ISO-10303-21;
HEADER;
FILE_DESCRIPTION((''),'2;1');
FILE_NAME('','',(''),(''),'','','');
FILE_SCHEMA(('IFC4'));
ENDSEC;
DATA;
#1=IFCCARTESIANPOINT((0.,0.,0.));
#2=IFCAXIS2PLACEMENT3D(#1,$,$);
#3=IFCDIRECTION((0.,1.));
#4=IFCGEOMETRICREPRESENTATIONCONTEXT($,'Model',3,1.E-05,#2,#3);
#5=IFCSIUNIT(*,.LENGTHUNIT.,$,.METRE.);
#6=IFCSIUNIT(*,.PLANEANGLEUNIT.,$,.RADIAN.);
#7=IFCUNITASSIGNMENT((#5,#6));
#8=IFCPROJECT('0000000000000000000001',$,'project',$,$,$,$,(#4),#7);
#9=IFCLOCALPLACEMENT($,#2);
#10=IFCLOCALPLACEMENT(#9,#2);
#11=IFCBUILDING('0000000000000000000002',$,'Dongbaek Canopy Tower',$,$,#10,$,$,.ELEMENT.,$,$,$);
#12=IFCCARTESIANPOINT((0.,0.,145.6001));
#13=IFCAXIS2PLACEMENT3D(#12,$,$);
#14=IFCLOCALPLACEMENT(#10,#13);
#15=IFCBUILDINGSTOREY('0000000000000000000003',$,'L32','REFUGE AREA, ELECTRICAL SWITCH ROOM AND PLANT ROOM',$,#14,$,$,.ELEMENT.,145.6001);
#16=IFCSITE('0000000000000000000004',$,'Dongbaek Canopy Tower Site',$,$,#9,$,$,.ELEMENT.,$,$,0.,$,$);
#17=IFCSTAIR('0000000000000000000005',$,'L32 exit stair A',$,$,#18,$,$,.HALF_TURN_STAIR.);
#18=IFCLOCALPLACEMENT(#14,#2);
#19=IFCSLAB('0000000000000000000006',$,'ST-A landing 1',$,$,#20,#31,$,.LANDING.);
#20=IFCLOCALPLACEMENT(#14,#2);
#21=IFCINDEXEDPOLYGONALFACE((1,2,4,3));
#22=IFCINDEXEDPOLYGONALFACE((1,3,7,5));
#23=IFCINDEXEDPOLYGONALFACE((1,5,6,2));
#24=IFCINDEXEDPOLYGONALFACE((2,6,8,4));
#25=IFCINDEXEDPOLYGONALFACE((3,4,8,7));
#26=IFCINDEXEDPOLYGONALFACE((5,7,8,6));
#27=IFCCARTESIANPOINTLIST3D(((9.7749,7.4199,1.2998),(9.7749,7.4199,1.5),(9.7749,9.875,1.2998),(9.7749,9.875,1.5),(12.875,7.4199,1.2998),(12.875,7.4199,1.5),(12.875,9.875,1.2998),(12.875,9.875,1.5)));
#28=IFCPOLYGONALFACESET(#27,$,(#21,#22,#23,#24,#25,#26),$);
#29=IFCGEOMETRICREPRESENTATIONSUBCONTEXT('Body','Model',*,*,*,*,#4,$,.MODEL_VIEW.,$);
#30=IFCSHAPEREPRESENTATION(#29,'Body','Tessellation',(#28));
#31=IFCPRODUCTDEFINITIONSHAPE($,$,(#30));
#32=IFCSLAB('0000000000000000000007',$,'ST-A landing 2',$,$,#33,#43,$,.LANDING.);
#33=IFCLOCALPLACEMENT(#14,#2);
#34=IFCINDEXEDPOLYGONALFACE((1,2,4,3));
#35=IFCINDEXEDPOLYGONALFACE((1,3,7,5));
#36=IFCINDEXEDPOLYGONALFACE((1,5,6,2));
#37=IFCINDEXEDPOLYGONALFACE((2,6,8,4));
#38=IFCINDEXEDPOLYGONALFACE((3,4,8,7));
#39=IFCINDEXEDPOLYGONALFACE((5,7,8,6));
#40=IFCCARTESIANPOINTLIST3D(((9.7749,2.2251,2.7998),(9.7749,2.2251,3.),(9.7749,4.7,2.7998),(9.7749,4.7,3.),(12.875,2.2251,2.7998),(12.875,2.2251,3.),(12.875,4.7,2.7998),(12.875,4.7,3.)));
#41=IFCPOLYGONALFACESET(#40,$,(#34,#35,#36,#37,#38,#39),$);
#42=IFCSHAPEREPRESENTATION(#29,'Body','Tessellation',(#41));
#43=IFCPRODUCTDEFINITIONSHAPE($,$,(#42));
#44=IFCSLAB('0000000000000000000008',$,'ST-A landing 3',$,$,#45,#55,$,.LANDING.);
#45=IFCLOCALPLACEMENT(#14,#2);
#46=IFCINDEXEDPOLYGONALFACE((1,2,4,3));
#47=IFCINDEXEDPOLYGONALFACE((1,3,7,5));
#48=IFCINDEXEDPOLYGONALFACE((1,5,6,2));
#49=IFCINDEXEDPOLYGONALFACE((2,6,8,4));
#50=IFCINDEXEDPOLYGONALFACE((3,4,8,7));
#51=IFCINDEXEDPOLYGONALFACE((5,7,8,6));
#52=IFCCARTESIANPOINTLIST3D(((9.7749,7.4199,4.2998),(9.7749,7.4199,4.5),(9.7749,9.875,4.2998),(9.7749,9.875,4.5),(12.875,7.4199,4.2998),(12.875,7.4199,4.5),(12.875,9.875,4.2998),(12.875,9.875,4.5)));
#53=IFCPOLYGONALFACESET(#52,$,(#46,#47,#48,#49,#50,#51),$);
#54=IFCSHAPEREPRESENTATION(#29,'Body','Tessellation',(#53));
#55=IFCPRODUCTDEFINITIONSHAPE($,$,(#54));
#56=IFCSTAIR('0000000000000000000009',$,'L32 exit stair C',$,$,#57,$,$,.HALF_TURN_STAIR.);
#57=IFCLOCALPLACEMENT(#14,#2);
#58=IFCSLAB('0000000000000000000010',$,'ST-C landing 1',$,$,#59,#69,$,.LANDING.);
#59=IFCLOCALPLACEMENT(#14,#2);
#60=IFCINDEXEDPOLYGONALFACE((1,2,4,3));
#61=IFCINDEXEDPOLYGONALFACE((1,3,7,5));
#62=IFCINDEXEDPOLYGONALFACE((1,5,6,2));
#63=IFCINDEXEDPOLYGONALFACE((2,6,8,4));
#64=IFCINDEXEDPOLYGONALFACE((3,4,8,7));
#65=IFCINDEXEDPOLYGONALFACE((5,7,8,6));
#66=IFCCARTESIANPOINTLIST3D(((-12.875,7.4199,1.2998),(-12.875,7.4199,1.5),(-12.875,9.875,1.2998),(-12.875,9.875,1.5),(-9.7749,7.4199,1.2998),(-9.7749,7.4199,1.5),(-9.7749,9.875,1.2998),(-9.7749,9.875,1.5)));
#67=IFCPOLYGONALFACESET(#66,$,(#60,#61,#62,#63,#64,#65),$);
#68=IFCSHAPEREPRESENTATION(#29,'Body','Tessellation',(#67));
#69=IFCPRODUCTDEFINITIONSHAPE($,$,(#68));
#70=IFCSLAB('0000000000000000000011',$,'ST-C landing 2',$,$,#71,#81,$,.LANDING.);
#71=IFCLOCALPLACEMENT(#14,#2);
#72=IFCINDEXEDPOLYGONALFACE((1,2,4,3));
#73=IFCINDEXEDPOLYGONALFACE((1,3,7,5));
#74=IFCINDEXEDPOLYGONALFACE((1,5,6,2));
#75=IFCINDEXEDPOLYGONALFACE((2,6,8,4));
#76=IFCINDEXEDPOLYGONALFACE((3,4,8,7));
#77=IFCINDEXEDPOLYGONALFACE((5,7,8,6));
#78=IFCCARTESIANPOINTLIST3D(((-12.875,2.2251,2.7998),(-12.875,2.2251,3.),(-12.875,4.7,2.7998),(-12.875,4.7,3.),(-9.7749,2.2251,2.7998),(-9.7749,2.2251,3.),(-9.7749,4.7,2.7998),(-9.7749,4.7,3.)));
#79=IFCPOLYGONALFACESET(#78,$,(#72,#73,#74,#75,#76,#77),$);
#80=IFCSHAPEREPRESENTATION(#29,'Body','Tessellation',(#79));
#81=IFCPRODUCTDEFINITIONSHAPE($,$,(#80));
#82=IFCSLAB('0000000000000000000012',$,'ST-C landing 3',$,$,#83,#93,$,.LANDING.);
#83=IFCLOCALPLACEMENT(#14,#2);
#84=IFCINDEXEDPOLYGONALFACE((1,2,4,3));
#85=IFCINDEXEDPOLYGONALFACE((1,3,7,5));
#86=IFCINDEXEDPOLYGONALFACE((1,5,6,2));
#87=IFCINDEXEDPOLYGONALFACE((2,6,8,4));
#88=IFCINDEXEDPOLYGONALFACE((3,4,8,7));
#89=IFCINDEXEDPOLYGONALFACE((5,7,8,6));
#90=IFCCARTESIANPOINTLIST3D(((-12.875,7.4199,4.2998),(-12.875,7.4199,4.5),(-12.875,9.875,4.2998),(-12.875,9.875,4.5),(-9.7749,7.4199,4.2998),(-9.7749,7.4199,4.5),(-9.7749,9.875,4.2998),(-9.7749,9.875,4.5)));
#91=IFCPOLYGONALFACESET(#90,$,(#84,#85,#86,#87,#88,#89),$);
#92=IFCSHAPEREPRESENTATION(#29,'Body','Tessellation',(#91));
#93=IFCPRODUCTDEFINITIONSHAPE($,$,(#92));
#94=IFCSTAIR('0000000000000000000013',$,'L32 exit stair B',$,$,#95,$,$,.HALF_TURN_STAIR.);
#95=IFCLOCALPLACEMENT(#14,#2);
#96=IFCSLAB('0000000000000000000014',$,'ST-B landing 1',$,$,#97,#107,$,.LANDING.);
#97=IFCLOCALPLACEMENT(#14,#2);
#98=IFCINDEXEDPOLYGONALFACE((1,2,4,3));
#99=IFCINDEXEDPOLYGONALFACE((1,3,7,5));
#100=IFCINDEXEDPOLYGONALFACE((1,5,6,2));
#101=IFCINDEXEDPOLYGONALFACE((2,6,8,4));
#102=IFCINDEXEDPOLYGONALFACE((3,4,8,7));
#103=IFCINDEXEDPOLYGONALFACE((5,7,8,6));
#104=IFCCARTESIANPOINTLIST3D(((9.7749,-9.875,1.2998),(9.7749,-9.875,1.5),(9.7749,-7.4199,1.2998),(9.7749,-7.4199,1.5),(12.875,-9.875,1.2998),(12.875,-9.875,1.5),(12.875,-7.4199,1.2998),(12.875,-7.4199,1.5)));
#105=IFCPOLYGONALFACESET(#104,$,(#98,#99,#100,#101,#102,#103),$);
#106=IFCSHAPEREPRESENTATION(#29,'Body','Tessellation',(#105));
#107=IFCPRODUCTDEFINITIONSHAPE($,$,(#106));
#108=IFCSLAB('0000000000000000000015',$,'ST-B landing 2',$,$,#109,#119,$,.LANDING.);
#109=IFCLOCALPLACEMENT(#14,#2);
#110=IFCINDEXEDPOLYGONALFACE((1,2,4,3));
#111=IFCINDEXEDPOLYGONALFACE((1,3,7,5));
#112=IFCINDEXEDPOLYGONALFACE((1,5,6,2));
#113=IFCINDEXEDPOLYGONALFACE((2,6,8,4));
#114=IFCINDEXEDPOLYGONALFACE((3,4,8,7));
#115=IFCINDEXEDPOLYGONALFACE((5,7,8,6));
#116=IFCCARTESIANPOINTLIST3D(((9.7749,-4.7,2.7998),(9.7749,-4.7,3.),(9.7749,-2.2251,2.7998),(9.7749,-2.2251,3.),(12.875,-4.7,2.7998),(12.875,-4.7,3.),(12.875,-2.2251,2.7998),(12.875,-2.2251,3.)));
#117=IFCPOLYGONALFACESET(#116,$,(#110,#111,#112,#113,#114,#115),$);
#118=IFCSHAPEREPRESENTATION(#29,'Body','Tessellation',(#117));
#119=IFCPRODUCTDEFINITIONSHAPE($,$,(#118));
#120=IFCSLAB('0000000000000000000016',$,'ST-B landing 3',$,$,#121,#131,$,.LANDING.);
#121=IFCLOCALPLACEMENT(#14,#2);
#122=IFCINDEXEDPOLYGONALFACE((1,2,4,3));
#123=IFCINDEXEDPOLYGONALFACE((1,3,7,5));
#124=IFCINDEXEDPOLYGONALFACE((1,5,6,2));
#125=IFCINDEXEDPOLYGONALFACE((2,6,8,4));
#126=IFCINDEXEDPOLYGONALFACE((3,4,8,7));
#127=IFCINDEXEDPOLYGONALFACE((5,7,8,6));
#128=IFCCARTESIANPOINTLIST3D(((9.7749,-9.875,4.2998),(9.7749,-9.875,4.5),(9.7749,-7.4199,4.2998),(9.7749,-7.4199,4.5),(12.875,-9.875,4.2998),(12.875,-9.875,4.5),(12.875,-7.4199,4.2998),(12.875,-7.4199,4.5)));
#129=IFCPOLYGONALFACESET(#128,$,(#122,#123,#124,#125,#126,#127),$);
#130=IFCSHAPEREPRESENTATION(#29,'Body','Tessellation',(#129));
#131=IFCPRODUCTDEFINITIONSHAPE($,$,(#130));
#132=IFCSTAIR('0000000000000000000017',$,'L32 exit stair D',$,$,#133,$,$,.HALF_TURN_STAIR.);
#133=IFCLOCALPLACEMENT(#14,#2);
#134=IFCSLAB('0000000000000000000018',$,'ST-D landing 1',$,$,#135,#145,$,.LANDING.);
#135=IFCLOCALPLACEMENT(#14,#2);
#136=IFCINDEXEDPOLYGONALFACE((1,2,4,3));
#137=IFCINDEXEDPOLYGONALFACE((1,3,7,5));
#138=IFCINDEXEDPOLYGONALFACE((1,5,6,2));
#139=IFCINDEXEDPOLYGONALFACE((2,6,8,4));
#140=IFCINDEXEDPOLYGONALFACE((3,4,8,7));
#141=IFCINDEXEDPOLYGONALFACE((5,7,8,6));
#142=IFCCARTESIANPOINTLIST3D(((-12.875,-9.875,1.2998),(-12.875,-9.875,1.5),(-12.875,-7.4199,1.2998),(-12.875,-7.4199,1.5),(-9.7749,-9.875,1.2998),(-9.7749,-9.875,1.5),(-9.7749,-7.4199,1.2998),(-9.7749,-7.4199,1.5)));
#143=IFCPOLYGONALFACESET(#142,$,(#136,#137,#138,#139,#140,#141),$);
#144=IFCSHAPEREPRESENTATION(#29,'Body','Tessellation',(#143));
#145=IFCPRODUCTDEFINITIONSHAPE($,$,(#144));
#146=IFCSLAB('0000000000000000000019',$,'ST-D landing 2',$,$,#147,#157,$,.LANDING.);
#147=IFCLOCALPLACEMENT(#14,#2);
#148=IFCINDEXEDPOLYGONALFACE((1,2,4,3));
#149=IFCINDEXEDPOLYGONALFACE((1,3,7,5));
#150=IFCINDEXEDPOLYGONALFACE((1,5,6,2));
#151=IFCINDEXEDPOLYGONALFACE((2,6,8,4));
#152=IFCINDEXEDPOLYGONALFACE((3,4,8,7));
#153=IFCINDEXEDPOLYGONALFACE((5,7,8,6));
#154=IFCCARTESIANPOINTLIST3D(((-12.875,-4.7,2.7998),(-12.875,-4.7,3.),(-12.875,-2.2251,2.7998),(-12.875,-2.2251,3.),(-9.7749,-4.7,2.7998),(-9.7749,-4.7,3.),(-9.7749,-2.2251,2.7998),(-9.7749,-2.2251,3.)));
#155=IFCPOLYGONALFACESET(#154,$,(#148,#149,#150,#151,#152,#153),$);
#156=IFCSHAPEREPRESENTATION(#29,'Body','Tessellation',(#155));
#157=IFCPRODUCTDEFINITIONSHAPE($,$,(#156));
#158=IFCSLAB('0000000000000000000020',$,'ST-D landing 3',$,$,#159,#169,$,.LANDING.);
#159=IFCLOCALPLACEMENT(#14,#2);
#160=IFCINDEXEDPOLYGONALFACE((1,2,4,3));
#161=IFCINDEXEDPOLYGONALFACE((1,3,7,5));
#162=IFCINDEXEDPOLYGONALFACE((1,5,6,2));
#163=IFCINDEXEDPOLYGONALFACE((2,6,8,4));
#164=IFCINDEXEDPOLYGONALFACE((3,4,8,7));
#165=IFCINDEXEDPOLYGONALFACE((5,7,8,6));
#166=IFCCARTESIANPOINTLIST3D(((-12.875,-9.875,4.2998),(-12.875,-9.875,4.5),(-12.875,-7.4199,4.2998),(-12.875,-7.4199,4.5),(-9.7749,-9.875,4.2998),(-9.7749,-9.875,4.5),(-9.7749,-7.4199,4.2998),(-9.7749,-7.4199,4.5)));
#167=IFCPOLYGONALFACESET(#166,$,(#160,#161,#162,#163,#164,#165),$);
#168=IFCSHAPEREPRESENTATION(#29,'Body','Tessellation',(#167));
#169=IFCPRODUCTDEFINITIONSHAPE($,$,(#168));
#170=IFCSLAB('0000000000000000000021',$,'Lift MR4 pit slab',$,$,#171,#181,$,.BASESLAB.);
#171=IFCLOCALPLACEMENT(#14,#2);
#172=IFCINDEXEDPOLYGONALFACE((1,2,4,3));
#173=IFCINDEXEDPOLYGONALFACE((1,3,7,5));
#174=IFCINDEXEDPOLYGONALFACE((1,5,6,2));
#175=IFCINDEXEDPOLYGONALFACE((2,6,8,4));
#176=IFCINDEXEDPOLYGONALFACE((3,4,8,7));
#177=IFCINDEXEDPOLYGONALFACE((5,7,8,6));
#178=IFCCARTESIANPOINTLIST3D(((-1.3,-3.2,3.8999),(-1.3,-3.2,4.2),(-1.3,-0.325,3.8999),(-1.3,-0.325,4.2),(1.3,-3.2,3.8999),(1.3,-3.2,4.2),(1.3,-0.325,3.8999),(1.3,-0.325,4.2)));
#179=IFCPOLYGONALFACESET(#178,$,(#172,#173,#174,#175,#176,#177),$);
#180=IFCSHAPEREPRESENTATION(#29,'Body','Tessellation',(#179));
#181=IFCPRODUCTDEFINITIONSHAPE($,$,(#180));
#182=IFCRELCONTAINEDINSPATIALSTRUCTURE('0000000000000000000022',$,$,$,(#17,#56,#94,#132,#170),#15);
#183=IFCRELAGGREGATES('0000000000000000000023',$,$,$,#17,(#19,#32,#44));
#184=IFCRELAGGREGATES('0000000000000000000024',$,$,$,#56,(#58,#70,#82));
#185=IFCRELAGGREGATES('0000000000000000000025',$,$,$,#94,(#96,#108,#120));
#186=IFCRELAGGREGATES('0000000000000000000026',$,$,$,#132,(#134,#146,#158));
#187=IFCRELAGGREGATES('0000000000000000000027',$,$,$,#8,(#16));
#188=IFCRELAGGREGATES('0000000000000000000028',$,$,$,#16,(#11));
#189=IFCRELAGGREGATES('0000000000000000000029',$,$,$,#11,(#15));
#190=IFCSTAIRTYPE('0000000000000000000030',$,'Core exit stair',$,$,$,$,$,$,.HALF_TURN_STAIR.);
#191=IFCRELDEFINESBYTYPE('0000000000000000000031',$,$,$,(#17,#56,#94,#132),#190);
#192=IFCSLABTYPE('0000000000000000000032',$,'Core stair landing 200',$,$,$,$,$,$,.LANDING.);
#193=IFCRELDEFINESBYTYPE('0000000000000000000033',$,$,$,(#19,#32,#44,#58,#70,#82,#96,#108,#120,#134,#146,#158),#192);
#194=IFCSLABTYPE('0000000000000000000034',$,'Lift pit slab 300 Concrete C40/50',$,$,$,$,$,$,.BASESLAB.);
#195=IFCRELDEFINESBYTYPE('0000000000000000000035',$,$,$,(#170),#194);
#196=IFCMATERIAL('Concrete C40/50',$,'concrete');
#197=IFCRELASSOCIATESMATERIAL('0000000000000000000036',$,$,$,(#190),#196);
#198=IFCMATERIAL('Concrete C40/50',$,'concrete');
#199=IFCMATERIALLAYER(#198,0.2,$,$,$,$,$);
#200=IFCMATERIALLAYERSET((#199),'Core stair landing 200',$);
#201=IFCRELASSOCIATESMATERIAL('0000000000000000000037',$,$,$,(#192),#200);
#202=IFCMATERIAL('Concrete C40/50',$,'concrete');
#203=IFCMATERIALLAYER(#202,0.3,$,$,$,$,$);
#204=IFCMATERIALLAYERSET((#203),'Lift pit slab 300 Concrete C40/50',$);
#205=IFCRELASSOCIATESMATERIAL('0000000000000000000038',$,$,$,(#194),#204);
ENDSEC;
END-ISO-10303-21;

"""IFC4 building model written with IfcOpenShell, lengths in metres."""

from ifc_helpers import new_model, si_unit, direction, frame, origin, place, context, subcontext, project, spatial, polyline, outline, extrude, material, layer, layer_set, type_object, element, aggregate, save


model = new_model("IFC4")

# Units and contexts
model_context = context("Model", 3, precision=1e-05, world=origin(), true_north=direction((0.0, 1.0)))
body_context = subcontext(model_context, "Body", "Model", "MODEL_VIEW")
ifc_project = project(units=[si_unit("LENGTHUNIT", "METRE"), si_unit("PLANEANGLEUNIT", "RADIAN")], contexts=[model_context])

# Site, building, storey
site_placement = place(None, origin())
site = spatial("IfcSite", under=ifc_project, at=site_placement, Name="Dongbaek Canopy Tower Site", CompositionType="ELEMENT", RefElevation=0.0)
building_placement = place(site_placement, origin())
building = spatial("IfcBuilding", under=site, at=building_placement, Name="Dongbaek Canopy Tower", CompositionType="ELEMENT")
storey_placement = place(building_placement, frame((0.0, 0.0, 145.6001)))
storey = spatial("IfcBuildingStorey", under=building, at=storey_placement, Name="L32", Description="REFUGE AREA, ELECTRICAL SWITCH ROOM AND PLANT ROOM", CompositionType="ELEMENT", Elevation=145.6001)

# Stairs, slabs
ifc_material_1 = material(Name="Concrete C40/50", Category="concrete")
stair_type = type_object("IfcStairType", Name="Core exit stair", PredefinedType="HALF_TURN_STAIR", material=ifc_material_1)
stair_1_placement = place(storey_placement, origin())
stair_1 = element("IfcStair", 1, at=stair_1_placement, inside=storey, type_object=stair_type, Name="L32 exit stair A", PredefinedType="HALF_TURN_STAIR")
ifc_material_2 = material(Name="Concrete C40/50", Category="concrete")
ifc_layer_1 = layer(ifc_material_2, 0.2)
ifc_layer_set_1 = layer_set([ifc_layer_1], Name="Core stair landing 200")
slab_type_1 = type_object("IfcSlabType", Name="Core stair landing 200", PredefinedType="LANDING", material=ifc_layer_set_1)
slab_1_placement = place(storey_placement, frame((0.0, 0.0, 1.2998)))
slab_1 = element("IfcSlab", 2, at=slab_1_placement, type_object=slab_type_1, Name="ST-A landing 1", PredefinedType="LANDING", context=body_context, shape_type="SweptSolid", body=[
    extrude(outline(polyline([(12.875, 7.4199), (12.875, 9.875), (9.7749, 9.875), (9.7749, 7.4199), (12.875, 7.4199)])), origin(), (0.0, 0.0, 1.0), 0.2002),
])
slab_2_placement = place(storey_placement, frame((0.0, 0.0, 2.7998)))
slab_2 = element("IfcSlab", 3, at=slab_2_placement, type_object=slab_type_1, Name="ST-A landing 2", PredefinedType="LANDING", context=body_context, shape_type="SweptSolid", body=[
    extrude(outline(polyline([(12.875, 2.2251), (12.875, 4.7), (9.7749, 4.7), (9.7749, 2.2251), (12.875, 2.2251)])), origin(), (0.0, 0.0, 1.0), 0.2002),
])
slab_3_placement = place(storey_placement, frame((0.0, 0.0, 4.2998)))
slab_3 = element("IfcSlab", 4, at=slab_3_placement, type_object=slab_type_1, Name="ST-A landing 3", PredefinedType="LANDING", context=body_context, shape_type="SweptSolid", body=[
    extrude(outline(polyline([(12.875, 7.4199), (12.875, 9.875), (9.7749, 9.875), (9.7749, 7.4199), (12.875, 7.4199)])), origin(), (0.0, 0.0, 1.0), 0.2002),
])
aggregate(stair_1, [slab_1, slab_2, slab_3])
stair_2_placement = place(storey_placement, origin())
stair_2 = element("IfcStair", 5, at=stair_2_placement, inside=storey, type_object=stair_type, Name="L32 exit stair C", PredefinedType="HALF_TURN_STAIR")
slab_4_placement = place(storey_placement, frame((0.0, 0.0, 1.2998)))
slab_4 = element("IfcSlab", 6, at=slab_4_placement, type_object=slab_type_1, Name="ST-C landing 1", PredefinedType="LANDING", context=body_context, shape_type="SweptSolid", body=[
    extrude(outline(polyline([(-9.7749, 7.4199), (-9.7749, 9.875), (-12.875, 9.875), (-12.875, 7.4199), (-9.7749, 7.4199)])), origin(), (0.0, 0.0, 1.0), 0.2002),
])
slab_5_placement = place(storey_placement, frame((0.0, 0.0, 2.7998)))
slab_5 = element("IfcSlab", 7, at=slab_5_placement, type_object=slab_type_1, Name="ST-C landing 2", PredefinedType="LANDING", context=body_context, shape_type="SweptSolid", body=[
    extrude(outline(polyline([(-9.7749, 2.2251), (-9.7749, 4.7), (-12.875, 4.7), (-12.875, 2.2251), (-9.7749, 2.2251)])), origin(), (0.0, 0.0, 1.0), 0.2002),
])
slab_6_placement = place(storey_placement, frame((0.0, 0.0, 4.2998)))
slab_6 = element("IfcSlab", 8, at=slab_6_placement, type_object=slab_type_1, Name="ST-C landing 3", PredefinedType="LANDING", context=body_context, shape_type="SweptSolid", body=[
    extrude(outline(polyline([(-9.7749, 7.4199), (-9.7749, 9.875), (-12.875, 9.875), (-12.875, 7.4199), (-9.7749, 7.4199)])), origin(), (0.0, 0.0, 1.0), 0.2002),
])
aggregate(stair_2, [slab_4, slab_5, slab_6])
stair_3_placement = place(storey_placement, origin())
stair_3 = element("IfcStair", 9, at=stair_3_placement, inside=storey, type_object=stair_type, Name="L32 exit stair B", PredefinedType="HALF_TURN_STAIR")
slab_7_placement = place(storey_placement, frame((0.0, 0.0, 1.2998)))
slab_7 = element("IfcSlab", 10, at=slab_7_placement, type_object=slab_type_1, Name="ST-B landing 1", PredefinedType="LANDING", context=body_context, shape_type="SweptSolid", body=[
    extrude(outline(polyline([(9.7749, -7.4199), (9.7749, -9.875), (12.875, -9.875), (12.875, -7.4199), (9.7749, -7.4199)])), origin(), (0.0, 0.0, 1.0), 0.2002),
])
slab_8_placement = place(storey_placement, frame((0.0, 0.0, 2.7998)))
slab_8 = element("IfcSlab", 11, at=slab_8_placement, type_object=slab_type_1, Name="ST-B landing 2", PredefinedType="LANDING", context=body_context, shape_type="SweptSolid", body=[
    extrude(outline(polyline([(9.7749, -2.2251), (9.7749, -4.7), (12.875, -4.7), (12.875, -2.2251), (9.7749, -2.2251)])), origin(), (0.0, 0.0, 1.0), 0.2002),
])
slab_9_placement = place(storey_placement, frame((0.0, 0.0, 4.2998)))
slab_9 = element("IfcSlab", 12, at=slab_9_placement, type_object=slab_type_1, Name="ST-B landing 3", PredefinedType="LANDING", context=body_context, shape_type="SweptSolid", body=[
    extrude(outline(polyline([(9.7749, -7.4199), (9.7749, -9.875), (12.875, -9.875), (12.875, -7.4199), (9.7749, -7.4199)])), origin(), (0.0, 0.0, 1.0), 0.2002),
])
aggregate(stair_3, [slab_7, slab_8, slab_9])
stair_4_placement = place(storey_placement, origin())
stair_4 = element("IfcStair", 13, at=stair_4_placement, inside=storey, type_object=stair_type, Name="L32 exit stair D", PredefinedType="HALF_TURN_STAIR")
slab_10_placement = place(storey_placement, frame((0.0, 0.0, 1.2998)))
slab_10 = element("IfcSlab", 14, at=slab_10_placement, type_object=slab_type_1, Name="ST-D landing 1", PredefinedType="LANDING", context=body_context, shape_type="SweptSolid", body=[
    extrude(outline(polyline([(-12.875, -7.4199), (-12.875, -9.875), (-9.7749, -9.875), (-9.7749, -7.4199), (-12.875, -7.4199)])), origin(), (0.0, 0.0, 1.0), 0.2002),
])
slab_11_placement = place(storey_placement, frame((0.0, 0.0, 2.7998)))
slab_11 = element("IfcSlab", 15, at=slab_11_placement, type_object=slab_type_1, Name="ST-D landing 2", PredefinedType="LANDING", context=body_context, shape_type="SweptSolid", body=[
    extrude(outline(polyline([(-12.875, -2.2251), (-12.875, -4.7), (-9.7749, -4.7), (-9.7749, -2.2251), (-12.875, -2.2251)])), origin(), (0.0, 0.0, 1.0), 0.2002),
])
slab_12_placement = place(storey_placement, frame((0.0, 0.0, 4.2998)))
slab_12 = element("IfcSlab", 16, at=slab_12_placement, type_object=slab_type_1, Name="ST-D landing 3", PredefinedType="LANDING", context=body_context, shape_type="SweptSolid", body=[
    extrude(outline(polyline([(-12.875, -7.4199), (-12.875, -9.875), (-9.7749, -9.875), (-9.7749, -7.4199), (-12.875, -7.4199)])), origin(), (0.0, 0.0, 1.0), 0.2002),
])
aggregate(stair_4, [slab_10, slab_11, slab_12])

# Slab
ifc_material_3 = material(Name="Concrete C40/50", Category="concrete")
ifc_layer_2 = layer(ifc_material_3, 0.3)
ifc_layer_set_2 = layer_set([ifc_layer_2], Name="Lift pit slab 300 Concrete C40/50")
slab_type_2 = type_object("IfcSlabType", Name="Lift pit slab 300 Concrete C40/50", PredefinedType="BASESLAB", material=ifc_layer_set_2)
slab_13_placement = place(storey_placement, frame((0.0, 0.0, 3.8999)))
element("IfcSlab", 17, at=slab_13_placement, inside=storey, type_object=slab_type_2, Name="Lift MR4 pit slab", PredefinedType="BASESLAB", context=body_context, shape_type="SweptSolid", body=[
    extrude(outline(polyline([(-1.3, -0.325), (1.3, -0.325), (1.3, -3.2), (-1.3, -3.2), (-1.3, -0.325)])), origin(), (0.0, 0.0, 1.0), 0.3),
])

save(model, "model.ifc")
